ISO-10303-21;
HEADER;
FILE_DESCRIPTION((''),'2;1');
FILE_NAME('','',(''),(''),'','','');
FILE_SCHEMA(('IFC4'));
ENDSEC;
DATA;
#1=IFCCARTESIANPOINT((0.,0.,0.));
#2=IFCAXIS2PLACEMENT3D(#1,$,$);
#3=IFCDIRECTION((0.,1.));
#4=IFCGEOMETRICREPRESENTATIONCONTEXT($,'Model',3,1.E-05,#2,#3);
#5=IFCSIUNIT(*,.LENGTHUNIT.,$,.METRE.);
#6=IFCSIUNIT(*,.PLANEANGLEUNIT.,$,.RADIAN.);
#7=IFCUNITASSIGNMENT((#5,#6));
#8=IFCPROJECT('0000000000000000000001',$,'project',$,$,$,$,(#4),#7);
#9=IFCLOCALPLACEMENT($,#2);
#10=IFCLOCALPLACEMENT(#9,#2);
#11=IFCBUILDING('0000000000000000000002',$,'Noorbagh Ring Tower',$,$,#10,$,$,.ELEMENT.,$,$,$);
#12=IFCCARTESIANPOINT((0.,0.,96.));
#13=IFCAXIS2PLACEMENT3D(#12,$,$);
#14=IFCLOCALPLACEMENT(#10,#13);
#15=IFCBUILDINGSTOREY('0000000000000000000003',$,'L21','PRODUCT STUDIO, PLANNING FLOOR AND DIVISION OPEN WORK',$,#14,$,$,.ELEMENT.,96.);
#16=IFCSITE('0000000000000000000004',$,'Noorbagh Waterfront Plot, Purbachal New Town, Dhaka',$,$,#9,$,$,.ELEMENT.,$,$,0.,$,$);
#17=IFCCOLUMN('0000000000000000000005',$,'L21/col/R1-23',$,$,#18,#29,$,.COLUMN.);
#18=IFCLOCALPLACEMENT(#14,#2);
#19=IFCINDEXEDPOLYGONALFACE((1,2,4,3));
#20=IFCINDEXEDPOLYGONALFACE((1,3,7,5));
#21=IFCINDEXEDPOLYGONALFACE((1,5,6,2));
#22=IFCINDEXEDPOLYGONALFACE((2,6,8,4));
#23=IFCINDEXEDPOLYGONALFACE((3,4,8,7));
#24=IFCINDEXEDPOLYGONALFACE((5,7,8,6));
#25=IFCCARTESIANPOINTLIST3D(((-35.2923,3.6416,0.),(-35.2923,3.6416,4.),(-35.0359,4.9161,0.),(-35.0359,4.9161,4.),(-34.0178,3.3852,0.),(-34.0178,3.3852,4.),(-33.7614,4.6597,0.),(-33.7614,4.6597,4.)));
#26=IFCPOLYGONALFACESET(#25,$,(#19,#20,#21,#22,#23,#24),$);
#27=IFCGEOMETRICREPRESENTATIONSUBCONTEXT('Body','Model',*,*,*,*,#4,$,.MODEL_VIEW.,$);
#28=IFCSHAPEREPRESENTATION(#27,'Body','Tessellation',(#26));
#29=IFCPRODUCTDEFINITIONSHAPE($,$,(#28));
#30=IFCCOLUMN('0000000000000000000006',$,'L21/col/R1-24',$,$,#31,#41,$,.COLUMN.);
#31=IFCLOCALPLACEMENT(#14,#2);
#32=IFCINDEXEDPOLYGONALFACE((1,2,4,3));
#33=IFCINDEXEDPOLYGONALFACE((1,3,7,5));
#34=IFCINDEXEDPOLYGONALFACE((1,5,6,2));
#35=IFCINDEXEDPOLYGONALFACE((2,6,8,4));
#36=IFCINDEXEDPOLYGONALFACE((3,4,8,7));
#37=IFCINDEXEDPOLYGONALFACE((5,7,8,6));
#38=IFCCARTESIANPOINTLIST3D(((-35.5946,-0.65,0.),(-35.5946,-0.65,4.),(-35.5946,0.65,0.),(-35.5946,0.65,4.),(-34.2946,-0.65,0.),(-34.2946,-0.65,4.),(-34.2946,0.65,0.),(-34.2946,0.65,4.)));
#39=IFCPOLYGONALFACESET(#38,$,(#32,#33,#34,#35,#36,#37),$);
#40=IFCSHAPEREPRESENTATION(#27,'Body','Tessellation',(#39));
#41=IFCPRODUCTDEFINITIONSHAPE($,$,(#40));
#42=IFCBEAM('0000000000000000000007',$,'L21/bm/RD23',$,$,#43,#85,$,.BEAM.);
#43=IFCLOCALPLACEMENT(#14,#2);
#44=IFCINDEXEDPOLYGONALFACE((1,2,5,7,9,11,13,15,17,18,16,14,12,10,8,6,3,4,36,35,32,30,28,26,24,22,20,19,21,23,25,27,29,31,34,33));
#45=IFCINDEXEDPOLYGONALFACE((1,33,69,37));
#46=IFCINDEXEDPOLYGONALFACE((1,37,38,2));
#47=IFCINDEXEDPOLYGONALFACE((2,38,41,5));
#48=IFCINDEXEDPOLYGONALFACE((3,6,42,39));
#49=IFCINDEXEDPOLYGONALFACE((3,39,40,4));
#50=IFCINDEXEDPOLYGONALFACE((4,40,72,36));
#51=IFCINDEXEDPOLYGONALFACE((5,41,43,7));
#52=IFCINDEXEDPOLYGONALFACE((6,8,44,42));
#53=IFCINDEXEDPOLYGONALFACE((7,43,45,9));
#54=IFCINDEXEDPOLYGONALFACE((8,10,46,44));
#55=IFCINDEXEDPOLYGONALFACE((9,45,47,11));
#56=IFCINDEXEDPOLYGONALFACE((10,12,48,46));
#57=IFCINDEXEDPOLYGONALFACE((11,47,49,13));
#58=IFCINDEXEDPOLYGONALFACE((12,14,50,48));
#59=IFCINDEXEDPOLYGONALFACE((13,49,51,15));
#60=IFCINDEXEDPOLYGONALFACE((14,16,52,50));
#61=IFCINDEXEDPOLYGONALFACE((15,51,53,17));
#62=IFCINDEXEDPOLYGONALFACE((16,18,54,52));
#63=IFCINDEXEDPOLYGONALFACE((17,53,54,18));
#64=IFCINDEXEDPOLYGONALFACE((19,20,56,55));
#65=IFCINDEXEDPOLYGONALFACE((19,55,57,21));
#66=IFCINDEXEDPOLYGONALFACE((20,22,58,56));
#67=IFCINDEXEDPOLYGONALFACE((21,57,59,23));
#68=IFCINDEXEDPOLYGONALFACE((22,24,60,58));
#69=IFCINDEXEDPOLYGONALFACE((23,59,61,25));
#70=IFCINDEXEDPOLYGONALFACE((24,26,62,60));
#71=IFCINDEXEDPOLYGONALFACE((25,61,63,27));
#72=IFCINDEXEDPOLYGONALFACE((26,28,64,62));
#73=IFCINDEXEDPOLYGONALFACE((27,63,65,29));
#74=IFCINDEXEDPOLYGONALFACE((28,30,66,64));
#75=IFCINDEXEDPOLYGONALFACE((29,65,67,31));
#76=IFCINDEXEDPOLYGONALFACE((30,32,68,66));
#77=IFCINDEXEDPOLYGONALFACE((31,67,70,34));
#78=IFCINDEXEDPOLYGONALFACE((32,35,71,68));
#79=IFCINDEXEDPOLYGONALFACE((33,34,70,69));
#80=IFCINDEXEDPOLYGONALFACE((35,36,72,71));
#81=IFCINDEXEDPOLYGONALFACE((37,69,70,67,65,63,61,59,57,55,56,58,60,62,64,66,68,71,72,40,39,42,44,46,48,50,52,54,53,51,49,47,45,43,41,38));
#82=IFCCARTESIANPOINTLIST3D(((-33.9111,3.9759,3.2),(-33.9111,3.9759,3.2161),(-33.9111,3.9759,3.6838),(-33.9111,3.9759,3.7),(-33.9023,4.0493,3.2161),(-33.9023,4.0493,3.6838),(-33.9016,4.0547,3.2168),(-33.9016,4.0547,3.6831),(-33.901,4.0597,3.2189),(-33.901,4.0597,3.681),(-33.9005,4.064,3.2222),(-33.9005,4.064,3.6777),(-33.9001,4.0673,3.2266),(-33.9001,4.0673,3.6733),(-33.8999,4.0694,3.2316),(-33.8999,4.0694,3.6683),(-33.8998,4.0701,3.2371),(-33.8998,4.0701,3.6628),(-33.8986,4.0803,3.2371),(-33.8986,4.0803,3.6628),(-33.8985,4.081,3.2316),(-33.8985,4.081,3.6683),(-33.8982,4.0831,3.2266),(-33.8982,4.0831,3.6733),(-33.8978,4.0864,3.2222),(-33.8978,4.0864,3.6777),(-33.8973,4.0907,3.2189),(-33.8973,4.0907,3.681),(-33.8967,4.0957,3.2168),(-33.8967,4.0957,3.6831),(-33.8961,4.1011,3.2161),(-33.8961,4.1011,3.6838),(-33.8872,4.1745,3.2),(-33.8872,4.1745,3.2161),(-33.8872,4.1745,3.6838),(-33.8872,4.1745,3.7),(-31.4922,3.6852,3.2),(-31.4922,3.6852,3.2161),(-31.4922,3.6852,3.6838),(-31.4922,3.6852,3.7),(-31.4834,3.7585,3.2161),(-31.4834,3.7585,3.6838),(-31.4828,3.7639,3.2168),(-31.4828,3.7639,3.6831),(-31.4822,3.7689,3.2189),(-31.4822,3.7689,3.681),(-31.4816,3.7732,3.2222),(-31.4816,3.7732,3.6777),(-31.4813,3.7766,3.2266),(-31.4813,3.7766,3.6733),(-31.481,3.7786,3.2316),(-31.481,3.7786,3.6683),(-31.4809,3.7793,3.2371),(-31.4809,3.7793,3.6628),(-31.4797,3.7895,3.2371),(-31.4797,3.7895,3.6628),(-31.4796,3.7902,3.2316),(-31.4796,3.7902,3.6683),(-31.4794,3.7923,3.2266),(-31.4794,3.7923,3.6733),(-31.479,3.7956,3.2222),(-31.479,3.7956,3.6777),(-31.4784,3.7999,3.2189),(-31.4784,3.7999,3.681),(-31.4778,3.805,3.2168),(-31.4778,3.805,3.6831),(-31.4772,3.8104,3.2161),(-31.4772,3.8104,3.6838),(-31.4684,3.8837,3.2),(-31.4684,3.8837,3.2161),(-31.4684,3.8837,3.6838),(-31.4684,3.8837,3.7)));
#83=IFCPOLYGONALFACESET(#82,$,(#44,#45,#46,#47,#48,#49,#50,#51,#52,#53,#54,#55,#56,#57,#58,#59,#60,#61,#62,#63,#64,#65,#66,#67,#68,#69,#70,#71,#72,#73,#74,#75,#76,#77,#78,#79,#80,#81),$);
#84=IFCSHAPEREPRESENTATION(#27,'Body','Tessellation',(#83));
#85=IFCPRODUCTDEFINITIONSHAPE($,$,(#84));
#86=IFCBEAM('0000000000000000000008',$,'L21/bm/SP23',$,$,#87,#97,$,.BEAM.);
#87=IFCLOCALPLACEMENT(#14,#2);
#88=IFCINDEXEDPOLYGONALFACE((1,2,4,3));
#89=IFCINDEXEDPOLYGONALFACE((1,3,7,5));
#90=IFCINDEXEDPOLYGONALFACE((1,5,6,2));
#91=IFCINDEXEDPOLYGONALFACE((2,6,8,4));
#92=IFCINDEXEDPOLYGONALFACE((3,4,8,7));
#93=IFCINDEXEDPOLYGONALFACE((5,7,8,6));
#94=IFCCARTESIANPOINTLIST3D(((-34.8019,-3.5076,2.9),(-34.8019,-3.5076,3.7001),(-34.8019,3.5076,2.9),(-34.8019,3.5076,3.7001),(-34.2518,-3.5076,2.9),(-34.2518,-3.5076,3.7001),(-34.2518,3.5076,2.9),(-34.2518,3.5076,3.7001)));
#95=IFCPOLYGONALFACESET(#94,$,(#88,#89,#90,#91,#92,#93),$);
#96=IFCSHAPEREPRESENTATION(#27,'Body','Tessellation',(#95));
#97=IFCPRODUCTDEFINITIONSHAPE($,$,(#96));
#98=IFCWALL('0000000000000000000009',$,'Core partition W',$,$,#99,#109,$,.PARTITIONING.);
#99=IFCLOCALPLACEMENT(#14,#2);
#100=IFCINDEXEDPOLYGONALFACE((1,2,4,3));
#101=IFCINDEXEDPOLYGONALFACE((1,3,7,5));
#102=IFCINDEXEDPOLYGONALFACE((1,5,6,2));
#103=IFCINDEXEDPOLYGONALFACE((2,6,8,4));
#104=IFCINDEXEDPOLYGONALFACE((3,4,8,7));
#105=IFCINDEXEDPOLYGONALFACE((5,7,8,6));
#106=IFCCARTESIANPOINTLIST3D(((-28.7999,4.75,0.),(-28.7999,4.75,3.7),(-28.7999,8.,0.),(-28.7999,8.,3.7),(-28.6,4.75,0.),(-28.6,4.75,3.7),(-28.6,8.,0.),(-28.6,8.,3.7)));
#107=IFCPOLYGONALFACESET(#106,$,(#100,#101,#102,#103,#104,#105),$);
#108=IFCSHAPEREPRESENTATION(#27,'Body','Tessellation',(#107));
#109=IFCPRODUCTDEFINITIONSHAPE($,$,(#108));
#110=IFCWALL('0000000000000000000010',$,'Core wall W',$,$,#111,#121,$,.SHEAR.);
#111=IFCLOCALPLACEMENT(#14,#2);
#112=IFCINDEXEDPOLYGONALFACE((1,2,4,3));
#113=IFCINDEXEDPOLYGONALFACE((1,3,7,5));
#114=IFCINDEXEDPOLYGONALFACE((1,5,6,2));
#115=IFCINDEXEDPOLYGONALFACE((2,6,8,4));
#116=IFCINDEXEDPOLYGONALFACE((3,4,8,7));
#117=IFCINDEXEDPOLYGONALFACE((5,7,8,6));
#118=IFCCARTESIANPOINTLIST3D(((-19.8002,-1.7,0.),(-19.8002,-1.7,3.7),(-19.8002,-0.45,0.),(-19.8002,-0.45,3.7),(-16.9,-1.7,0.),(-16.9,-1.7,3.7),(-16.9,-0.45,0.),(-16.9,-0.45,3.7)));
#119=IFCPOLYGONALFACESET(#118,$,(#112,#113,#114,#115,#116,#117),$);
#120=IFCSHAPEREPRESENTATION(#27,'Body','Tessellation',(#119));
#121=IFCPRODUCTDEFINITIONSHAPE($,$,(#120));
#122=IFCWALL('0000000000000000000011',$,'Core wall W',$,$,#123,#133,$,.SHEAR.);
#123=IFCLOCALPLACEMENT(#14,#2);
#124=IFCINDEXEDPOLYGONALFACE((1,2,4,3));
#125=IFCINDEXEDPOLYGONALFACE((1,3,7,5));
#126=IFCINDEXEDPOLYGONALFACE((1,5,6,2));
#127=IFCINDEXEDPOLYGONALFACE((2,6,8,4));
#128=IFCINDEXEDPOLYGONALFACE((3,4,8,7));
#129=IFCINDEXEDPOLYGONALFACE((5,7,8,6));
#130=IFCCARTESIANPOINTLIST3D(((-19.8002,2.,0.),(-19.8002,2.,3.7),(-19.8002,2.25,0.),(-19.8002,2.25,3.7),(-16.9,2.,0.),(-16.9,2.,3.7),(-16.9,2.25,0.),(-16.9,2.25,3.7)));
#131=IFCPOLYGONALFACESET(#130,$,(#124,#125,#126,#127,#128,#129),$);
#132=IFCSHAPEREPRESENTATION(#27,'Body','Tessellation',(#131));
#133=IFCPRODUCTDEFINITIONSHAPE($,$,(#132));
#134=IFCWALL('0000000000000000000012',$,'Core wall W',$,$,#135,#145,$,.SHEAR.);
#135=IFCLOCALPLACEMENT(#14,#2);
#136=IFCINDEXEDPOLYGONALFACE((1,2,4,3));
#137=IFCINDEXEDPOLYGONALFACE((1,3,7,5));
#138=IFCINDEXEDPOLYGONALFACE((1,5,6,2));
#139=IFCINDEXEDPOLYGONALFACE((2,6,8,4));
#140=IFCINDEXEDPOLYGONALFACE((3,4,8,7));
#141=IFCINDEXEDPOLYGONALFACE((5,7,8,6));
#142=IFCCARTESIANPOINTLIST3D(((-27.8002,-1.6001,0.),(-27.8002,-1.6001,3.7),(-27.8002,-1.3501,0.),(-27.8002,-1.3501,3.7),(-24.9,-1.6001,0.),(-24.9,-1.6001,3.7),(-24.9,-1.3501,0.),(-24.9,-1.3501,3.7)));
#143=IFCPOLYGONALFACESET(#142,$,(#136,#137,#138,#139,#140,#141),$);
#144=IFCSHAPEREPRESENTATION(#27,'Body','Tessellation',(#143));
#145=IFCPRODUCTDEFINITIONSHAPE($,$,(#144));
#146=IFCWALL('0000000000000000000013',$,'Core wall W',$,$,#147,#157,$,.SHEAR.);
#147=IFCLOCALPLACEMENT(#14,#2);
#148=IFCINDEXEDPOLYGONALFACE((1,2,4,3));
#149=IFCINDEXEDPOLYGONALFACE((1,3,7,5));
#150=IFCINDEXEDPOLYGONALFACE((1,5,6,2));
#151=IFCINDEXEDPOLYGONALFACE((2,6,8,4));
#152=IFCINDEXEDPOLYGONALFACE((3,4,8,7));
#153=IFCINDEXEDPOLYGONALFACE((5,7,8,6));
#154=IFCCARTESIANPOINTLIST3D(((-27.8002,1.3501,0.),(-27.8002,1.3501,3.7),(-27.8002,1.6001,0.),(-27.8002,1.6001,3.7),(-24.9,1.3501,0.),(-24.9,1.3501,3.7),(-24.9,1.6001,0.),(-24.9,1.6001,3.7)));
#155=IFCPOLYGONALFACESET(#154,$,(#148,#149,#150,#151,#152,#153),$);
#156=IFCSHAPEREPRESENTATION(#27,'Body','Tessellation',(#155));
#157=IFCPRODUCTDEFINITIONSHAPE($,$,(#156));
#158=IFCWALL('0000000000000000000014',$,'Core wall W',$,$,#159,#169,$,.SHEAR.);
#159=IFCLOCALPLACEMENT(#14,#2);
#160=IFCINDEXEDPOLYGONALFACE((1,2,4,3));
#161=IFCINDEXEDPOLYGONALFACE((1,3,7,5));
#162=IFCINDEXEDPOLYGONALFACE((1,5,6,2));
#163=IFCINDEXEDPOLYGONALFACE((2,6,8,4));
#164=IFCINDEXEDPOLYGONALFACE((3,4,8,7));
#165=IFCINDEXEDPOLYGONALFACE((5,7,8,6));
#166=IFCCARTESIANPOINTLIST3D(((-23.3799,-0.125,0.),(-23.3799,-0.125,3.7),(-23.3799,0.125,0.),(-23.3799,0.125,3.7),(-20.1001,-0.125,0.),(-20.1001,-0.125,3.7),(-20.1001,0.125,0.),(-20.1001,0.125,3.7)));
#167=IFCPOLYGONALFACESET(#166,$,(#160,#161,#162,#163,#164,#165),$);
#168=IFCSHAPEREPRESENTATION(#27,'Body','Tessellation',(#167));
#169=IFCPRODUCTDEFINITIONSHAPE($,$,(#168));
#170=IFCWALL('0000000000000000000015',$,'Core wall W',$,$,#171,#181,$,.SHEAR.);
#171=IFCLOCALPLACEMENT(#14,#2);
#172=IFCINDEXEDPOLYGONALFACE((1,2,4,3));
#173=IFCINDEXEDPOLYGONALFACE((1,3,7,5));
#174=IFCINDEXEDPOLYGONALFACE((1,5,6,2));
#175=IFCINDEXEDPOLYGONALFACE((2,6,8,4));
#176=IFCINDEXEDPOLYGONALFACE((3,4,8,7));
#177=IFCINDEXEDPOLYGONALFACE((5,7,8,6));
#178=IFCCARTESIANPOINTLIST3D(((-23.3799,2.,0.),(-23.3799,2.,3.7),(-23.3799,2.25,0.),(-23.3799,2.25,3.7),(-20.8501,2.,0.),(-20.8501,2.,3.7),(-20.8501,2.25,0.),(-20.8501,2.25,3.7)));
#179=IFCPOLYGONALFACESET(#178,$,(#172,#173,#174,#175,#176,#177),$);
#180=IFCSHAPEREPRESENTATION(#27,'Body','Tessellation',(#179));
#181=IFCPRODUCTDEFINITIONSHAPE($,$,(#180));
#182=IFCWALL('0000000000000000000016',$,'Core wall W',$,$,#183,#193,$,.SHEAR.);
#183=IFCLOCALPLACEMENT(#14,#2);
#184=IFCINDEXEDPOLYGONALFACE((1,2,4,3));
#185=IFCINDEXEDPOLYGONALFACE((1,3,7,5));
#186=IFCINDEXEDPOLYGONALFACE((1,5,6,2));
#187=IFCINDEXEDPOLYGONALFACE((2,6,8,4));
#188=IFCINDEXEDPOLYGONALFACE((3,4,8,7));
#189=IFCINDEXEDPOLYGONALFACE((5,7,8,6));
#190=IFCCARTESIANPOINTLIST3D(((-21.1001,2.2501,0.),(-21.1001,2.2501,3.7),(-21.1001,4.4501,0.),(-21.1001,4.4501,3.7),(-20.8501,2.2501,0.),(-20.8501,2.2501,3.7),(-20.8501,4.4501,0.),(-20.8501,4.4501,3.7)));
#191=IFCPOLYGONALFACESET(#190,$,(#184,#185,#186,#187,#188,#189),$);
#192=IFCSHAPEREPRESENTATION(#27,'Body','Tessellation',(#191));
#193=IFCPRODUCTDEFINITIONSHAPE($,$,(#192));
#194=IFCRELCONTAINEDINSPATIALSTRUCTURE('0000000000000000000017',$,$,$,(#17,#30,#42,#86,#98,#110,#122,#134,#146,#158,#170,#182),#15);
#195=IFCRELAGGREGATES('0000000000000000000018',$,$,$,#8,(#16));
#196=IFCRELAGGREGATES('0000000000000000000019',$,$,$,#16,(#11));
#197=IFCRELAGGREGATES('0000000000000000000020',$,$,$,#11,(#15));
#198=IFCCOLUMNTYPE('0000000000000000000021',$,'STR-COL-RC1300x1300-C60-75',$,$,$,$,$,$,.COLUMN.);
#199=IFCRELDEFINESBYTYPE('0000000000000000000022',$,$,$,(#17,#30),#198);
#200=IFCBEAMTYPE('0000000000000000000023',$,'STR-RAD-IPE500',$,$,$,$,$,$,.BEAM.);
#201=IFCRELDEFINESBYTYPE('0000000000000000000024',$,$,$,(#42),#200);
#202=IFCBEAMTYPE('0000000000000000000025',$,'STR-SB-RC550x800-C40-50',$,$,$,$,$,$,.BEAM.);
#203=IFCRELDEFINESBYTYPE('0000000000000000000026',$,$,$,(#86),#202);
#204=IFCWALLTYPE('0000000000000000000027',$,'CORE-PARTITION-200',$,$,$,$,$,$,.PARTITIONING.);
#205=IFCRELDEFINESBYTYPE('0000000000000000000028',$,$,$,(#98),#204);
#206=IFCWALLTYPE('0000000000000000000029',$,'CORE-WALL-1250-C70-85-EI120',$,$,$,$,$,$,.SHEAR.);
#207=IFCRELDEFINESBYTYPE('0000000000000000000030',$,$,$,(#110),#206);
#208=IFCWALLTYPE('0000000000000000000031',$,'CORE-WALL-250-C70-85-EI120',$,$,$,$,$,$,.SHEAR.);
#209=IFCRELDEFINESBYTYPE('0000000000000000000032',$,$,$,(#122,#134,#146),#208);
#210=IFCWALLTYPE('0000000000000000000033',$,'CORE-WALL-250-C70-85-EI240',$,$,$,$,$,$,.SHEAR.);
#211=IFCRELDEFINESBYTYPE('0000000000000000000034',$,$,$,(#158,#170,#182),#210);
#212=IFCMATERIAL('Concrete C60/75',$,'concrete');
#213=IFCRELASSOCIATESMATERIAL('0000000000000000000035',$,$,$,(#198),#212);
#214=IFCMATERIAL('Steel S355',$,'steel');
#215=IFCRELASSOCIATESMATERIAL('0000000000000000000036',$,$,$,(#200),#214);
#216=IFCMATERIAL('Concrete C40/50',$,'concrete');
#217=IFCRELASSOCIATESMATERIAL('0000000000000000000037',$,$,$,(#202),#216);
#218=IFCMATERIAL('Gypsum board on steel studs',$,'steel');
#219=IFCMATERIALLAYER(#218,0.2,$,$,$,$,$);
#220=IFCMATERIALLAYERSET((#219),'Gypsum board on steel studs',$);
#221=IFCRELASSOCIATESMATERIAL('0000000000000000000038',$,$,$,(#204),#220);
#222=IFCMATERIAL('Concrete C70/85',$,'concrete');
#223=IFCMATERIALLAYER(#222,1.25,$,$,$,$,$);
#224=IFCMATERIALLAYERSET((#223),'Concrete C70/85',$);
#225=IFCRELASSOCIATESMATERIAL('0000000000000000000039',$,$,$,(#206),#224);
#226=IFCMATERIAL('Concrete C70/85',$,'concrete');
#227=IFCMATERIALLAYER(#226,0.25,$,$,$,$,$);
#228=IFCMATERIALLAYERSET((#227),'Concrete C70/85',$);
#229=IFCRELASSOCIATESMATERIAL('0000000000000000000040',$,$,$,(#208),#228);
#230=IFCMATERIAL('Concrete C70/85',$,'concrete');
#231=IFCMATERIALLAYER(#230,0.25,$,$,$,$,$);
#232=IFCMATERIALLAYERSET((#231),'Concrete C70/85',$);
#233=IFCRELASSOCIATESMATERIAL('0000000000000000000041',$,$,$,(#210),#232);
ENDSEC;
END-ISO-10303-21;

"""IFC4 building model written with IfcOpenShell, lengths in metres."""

from ifc_helpers import new_model, si_unit, direction, frame, frame_2d, origin, origin_2d, place, context, subcontext, project, spatial, rectangle, i_section, extrude, material, layer, layer_set, material_profile, profile_set, type_object, element, save


model = new_model("IFC4")

# Units and contexts
model_context = context("Model", 3, precision=1e-05, world=origin(), true_north=direction((0.0, 1.0)))
body_context = subcontext(model_context, "Body", "Model", "MODEL_VIEW")
ifc_project = project(units=[si_unit("LENGTHUNIT", "METRE"), si_unit("PLANEANGLEUNIT", "RADIAN")], contexts=[model_context])

# Site, building, storey
site_placement = place(None, origin())
site = spatial("IfcSite", under=ifc_project, at=site_placement, Name="Noorbagh Waterfront Plot, Purbachal New Town, Dhaka", CompositionType="ELEMENT", RefElevation=0.0)
building_placement = place(site_placement, origin())
building = spatial("IfcBuilding", under=site, at=building_placement, Name="Noorbagh Ring Tower", CompositionType="ELEMENT")
storey_placement = place(building_placement, frame((0.0, 0.0, 96.0)))
storey = spatial("IfcBuildingStorey", under=building, at=storey_placement, Name="L21", Description="PRODUCT STUDIO, PLANNING FLOOR AND DIVISION OPEN WORK", CompositionType="ELEMENT", Elevation=96.0)

# Columns
ifc_material_1 = material(Name="Concrete C60/75", Category="concrete")
ifc_material_profile_1 = material_profile(ifc_material_1, rectangle(XDim=1.3, YDim=1.3, at=origin_2d()), Name="RC1300x1300")
ifc_profile_set_1 = profile_set([ifc_material_profile_1], Name="Concrete C60/75")
column_type = type_object("IfcColumnType", Name="STR-COL-RC1300x1300-C60-75", PredefinedType="COLUMN", material=ifc_profile_set_1)
for number, where, z_axis, x_axis, name in (
    (1, (-34.5269, 4.1506, 0.0), (0.0, 0.0, 1.0), (-0.19723, -0.980357, 0.0), "L21/col/R1-23"),
    (2, (-34.9446, 0.0, 0.0), (0.0, 0.0, 1.0), (0.0, -1.0, 0.0), "L21/col/R1-24"),
):
    element("IfcColumn", number, at=place(storey_placement, frame(where, z_axis=z_axis, x_axis=x_axis)), inside=storey, type_object=column_type, Name=name, PredefinedType="COLUMN", context=body_context, shape_type="SweptSolid", body=[
        extrude(rectangle(XDim=1.3, YDim=1.3, at=origin_2d()), origin(), (0.0, 0.0, 1.0), 4.0),
    ])

# Beams
ifc_material_2 = material(Name="Steel S355", Category="steel")
ifc_material_profile_2 = material_profile(ifc_material_2, i_section(OverallWidth=0.2, OverallDepth=0.5, WebThickness=0.0103, FlangeThickness=0.0161, FilletRadius=0.021, at=origin_2d()), Name="IPE500")
ifc_profile_set_2 = profile_set([ifc_material_profile_2], Name="Steel S355")
beam_type_1 = type_object("IfcBeamType", Name="STR-RAD-IPE500", PredefinedType="BEAM", material=ifc_profile_set_2)
beam_1_placement = place(storey_placement, frame((-33.8992, 4.0752, 3.45), z_axis=(0.992853, -0.119347, 0.0), x_axis=(0.119347, 0.992853, 0.0)))
element("IfcBeam", 3, at=beam_1_placement, inside=storey, type_object=beam_type_1, Name="L21/bm/RD23", PredefinedType="BEAM", context=body_context, shape_type="SweptSolid", body=[
    extrude(i_section(OverallWidth=0.2, OverallDepth=0.5, WebThickness=0.0103, FlangeThickness=0.0161, FilletRadius=0.021, at=origin_2d()), origin(), (0.0, 0.0, 1.0), 2.4363),
])
ifc_material_3 = material(Name="Concrete C40/50", Category="concrete")
ifc_material_profile_3 = material_profile(ifc_material_3, rectangle(XDim=0.55, YDim=0.8, at=origin_2d()), Name="RC550x800")
ifc_profile_set_3 = profile_set([ifc_material_profile_3], Name="Concrete C40/50")
beam_type_2 = type_object("IfcBeamType", Name="STR-SB-RC550x800-C40-50", PredefinedType="BEAM", material=ifc_profile_set_3)
beam_2_placement = place(storey_placement, frame((-34.5269, 3.5076, 3.3), z_axis=(0.0, -1.0, 0.0), x_axis=(1.0, 0.0, 0.0)))
element("IfcBeam", 4, at=beam_2_placement, inside=storey, type_object=beam_type_2, Name="L21/bm/SP23", PredefinedType="BEAM", context=body_context, shape_type="SweptSolid", body=[
    extrude(rectangle(XDim=0.55, YDim=0.8, at=origin_2d()), origin(), (0.0, 0.0, 1.0), 7.0151),
])

# Walls
ifc_material_4 = material(Name="Gypsum board on steel studs", Category="steel")
ifc_layer_1 = layer(ifc_material_4, 0.2)
ifc_layer_set_1 = layer_set([ifc_layer_1], Name="Gypsum board on steel studs")
wall_type_1 = type_object("IfcWallType", Name="CORE-PARTITION-200", PredefinedType="PARTITIONING", material=ifc_layer_set_1)
wall_1_placement = place(storey_placement, frame((-28.7, 4.75, 0.0), z_axis=(0.0, 0.0, 1.0), x_axis=(0.0, 1.0, 0.0)))
element("IfcWall", 5, at=wall_1_placement, inside=storey, type_object=wall_type_1, Name="Core partition W", PredefinedType="PARTITIONING", context=body_context, shape_type="SweptSolid", body=[
    extrude(rectangle(XDim=3.25, YDim=0.2, at=frame_2d((1.625, 0.0))), origin(), (0.0, 0.0, 1.0), 3.7),
])
ifc_material_5 = material(Name="Concrete C70/85", Category="concrete")
ifc_layer_2 = layer(ifc_material_5, 1.25)
ifc_layer_set_2 = layer_set([ifc_layer_2], Name="Concrete C70/85")
wall_type_2 = type_object("IfcWallType", Name="CORE-WALL-1250-C70-85-EI120", PredefinedType="SHEAR", material=ifc_layer_set_2)
wall_2_placement = place(storey_placement, frame((-16.8999, -1.075, 0.0), z_axis=(0.0, 0.0, 1.0), x_axis=(-1.0, 0.0, 0.0)))
element("IfcWall", 6, at=wall_2_placement, inside=storey, type_object=wall_type_2, Name="Core wall W", PredefinedType="SHEAR", context=body_context, shape_type="SweptSolid", body=[
    extrude(rectangle(XDim=2.9001, YDim=1.25, at=frame_2d((1.4502, 0.0))), origin(), (0.0, 0.0, 1.0), 3.7),
])
ifc_material_6 = material(Name="Concrete C70/85", Category="concrete")
ifc_layer_3 = layer(ifc_material_6, 0.25)
ifc_layer_set_3 = layer_set([ifc_layer_3], Name="Concrete C70/85")
wall_type_3 = type_object("IfcWallType", Name="CORE-WALL-250-C70-85-EI120", PredefinedType="SHEAR", material=ifc_layer_set_3)
for number, where, z_axis, x_axis, name in (
    (7, (-16.8999, 2.125, 0.0), (0.0, 0.0, 1.0), (-1.0, 0.0, 0.0), "Core wall W"),
    (8, (-24.8999, -1.4751, 0.0), (0.0, 0.0, 1.0), (-1.0, 0.0, 0.0), "Core wall W"),
    (9, (-24.8999, 1.4751, 0.0), (0.0, 0.0, 1.0), (-1.0, 0.0, 0.0), "Core wall W"),
):
    element("IfcWall", number, at=place(storey_placement, frame(where, z_axis=z_axis, x_axis=x_axis)), inside=storey, type_object=wall_type_3, Name=name, PredefinedType="SHEAR", context=body_context, shape_type="SweptSolid", body=[
        extrude(rectangle(XDim=2.9001, YDim=0.25, at=frame_2d((1.4502, 0.0))), origin(), (0.0, 0.0, 1.0), 3.7),
    ])
ifc_material_7 = material(Name="Concrete C70/85", Category="concrete")
ifc_layer_4 = layer(ifc_material_7, 0.25)
ifc_layer_set_4 = layer_set([ifc_layer_4], Name="Concrete C70/85")
wall_type_4 = type_object("IfcWallType", Name="CORE-WALL-250-C70-85-EI240", PredefinedType="SHEAR", material=ifc_layer_set_4)
wall_3_placement = place(storey_placement, frame((-20.1001, 0.0, 0.0), z_axis=(0.0, 0.0, 1.0), x_axis=(-1.0, 0.0, 0.0)))
element("IfcWall", 10, at=wall_3_placement, inside=storey, type_object=wall_type_4, Name="Core wall W", PredefinedType="SHEAR", context=body_context, shape_type="SweptSolid", body=[
    extrude(rectangle(XDim=3.2798, YDim=0.25, at=frame_2d((1.6399, 0.0))), origin(), (0.0, 0.0, 1.0), 3.7),
])
wall_4_placement = place(storey_placement, frame((-20.8501, 2.125, 0.0), z_axis=(0.0, 0.0, 1.0), x_axis=(-1.0, 0.0, 0.0)))
element("IfcWall", 11, at=wall_4_placement, inside=storey, type_object=wall_type_4, Name="Core wall W", PredefinedType="SHEAR", context=body_context, shape_type="SweptSolid", body=[
    extrude(rectangle(XDim=2.5298, YDim=0.25, at=frame_2d((1.2649, 0.0))), origin(), (0.0, 0.0, 1.0), 3.7),
])
wall_5_placement = place(storey_placement, frame((-20.9751, 2.25, 0.0), z_axis=(0.0, 0.0, 1.0), x_axis=(0.0, 1.0, 0.0)))
element("IfcWall", 12, at=wall_5_placement, inside=storey, type_object=wall_type_4, Name="Core wall W", PredefinedType="SHEAR", context=body_context, shape_type="SweptSolid", body=[
    extrude(rectangle(XDim=2.2, YDim=0.25, at=frame_2d((1.1001, 0.0))), origin(), (0.0, 0.0, 1.0), 3.7),
])

save(model, "model.ifc")
